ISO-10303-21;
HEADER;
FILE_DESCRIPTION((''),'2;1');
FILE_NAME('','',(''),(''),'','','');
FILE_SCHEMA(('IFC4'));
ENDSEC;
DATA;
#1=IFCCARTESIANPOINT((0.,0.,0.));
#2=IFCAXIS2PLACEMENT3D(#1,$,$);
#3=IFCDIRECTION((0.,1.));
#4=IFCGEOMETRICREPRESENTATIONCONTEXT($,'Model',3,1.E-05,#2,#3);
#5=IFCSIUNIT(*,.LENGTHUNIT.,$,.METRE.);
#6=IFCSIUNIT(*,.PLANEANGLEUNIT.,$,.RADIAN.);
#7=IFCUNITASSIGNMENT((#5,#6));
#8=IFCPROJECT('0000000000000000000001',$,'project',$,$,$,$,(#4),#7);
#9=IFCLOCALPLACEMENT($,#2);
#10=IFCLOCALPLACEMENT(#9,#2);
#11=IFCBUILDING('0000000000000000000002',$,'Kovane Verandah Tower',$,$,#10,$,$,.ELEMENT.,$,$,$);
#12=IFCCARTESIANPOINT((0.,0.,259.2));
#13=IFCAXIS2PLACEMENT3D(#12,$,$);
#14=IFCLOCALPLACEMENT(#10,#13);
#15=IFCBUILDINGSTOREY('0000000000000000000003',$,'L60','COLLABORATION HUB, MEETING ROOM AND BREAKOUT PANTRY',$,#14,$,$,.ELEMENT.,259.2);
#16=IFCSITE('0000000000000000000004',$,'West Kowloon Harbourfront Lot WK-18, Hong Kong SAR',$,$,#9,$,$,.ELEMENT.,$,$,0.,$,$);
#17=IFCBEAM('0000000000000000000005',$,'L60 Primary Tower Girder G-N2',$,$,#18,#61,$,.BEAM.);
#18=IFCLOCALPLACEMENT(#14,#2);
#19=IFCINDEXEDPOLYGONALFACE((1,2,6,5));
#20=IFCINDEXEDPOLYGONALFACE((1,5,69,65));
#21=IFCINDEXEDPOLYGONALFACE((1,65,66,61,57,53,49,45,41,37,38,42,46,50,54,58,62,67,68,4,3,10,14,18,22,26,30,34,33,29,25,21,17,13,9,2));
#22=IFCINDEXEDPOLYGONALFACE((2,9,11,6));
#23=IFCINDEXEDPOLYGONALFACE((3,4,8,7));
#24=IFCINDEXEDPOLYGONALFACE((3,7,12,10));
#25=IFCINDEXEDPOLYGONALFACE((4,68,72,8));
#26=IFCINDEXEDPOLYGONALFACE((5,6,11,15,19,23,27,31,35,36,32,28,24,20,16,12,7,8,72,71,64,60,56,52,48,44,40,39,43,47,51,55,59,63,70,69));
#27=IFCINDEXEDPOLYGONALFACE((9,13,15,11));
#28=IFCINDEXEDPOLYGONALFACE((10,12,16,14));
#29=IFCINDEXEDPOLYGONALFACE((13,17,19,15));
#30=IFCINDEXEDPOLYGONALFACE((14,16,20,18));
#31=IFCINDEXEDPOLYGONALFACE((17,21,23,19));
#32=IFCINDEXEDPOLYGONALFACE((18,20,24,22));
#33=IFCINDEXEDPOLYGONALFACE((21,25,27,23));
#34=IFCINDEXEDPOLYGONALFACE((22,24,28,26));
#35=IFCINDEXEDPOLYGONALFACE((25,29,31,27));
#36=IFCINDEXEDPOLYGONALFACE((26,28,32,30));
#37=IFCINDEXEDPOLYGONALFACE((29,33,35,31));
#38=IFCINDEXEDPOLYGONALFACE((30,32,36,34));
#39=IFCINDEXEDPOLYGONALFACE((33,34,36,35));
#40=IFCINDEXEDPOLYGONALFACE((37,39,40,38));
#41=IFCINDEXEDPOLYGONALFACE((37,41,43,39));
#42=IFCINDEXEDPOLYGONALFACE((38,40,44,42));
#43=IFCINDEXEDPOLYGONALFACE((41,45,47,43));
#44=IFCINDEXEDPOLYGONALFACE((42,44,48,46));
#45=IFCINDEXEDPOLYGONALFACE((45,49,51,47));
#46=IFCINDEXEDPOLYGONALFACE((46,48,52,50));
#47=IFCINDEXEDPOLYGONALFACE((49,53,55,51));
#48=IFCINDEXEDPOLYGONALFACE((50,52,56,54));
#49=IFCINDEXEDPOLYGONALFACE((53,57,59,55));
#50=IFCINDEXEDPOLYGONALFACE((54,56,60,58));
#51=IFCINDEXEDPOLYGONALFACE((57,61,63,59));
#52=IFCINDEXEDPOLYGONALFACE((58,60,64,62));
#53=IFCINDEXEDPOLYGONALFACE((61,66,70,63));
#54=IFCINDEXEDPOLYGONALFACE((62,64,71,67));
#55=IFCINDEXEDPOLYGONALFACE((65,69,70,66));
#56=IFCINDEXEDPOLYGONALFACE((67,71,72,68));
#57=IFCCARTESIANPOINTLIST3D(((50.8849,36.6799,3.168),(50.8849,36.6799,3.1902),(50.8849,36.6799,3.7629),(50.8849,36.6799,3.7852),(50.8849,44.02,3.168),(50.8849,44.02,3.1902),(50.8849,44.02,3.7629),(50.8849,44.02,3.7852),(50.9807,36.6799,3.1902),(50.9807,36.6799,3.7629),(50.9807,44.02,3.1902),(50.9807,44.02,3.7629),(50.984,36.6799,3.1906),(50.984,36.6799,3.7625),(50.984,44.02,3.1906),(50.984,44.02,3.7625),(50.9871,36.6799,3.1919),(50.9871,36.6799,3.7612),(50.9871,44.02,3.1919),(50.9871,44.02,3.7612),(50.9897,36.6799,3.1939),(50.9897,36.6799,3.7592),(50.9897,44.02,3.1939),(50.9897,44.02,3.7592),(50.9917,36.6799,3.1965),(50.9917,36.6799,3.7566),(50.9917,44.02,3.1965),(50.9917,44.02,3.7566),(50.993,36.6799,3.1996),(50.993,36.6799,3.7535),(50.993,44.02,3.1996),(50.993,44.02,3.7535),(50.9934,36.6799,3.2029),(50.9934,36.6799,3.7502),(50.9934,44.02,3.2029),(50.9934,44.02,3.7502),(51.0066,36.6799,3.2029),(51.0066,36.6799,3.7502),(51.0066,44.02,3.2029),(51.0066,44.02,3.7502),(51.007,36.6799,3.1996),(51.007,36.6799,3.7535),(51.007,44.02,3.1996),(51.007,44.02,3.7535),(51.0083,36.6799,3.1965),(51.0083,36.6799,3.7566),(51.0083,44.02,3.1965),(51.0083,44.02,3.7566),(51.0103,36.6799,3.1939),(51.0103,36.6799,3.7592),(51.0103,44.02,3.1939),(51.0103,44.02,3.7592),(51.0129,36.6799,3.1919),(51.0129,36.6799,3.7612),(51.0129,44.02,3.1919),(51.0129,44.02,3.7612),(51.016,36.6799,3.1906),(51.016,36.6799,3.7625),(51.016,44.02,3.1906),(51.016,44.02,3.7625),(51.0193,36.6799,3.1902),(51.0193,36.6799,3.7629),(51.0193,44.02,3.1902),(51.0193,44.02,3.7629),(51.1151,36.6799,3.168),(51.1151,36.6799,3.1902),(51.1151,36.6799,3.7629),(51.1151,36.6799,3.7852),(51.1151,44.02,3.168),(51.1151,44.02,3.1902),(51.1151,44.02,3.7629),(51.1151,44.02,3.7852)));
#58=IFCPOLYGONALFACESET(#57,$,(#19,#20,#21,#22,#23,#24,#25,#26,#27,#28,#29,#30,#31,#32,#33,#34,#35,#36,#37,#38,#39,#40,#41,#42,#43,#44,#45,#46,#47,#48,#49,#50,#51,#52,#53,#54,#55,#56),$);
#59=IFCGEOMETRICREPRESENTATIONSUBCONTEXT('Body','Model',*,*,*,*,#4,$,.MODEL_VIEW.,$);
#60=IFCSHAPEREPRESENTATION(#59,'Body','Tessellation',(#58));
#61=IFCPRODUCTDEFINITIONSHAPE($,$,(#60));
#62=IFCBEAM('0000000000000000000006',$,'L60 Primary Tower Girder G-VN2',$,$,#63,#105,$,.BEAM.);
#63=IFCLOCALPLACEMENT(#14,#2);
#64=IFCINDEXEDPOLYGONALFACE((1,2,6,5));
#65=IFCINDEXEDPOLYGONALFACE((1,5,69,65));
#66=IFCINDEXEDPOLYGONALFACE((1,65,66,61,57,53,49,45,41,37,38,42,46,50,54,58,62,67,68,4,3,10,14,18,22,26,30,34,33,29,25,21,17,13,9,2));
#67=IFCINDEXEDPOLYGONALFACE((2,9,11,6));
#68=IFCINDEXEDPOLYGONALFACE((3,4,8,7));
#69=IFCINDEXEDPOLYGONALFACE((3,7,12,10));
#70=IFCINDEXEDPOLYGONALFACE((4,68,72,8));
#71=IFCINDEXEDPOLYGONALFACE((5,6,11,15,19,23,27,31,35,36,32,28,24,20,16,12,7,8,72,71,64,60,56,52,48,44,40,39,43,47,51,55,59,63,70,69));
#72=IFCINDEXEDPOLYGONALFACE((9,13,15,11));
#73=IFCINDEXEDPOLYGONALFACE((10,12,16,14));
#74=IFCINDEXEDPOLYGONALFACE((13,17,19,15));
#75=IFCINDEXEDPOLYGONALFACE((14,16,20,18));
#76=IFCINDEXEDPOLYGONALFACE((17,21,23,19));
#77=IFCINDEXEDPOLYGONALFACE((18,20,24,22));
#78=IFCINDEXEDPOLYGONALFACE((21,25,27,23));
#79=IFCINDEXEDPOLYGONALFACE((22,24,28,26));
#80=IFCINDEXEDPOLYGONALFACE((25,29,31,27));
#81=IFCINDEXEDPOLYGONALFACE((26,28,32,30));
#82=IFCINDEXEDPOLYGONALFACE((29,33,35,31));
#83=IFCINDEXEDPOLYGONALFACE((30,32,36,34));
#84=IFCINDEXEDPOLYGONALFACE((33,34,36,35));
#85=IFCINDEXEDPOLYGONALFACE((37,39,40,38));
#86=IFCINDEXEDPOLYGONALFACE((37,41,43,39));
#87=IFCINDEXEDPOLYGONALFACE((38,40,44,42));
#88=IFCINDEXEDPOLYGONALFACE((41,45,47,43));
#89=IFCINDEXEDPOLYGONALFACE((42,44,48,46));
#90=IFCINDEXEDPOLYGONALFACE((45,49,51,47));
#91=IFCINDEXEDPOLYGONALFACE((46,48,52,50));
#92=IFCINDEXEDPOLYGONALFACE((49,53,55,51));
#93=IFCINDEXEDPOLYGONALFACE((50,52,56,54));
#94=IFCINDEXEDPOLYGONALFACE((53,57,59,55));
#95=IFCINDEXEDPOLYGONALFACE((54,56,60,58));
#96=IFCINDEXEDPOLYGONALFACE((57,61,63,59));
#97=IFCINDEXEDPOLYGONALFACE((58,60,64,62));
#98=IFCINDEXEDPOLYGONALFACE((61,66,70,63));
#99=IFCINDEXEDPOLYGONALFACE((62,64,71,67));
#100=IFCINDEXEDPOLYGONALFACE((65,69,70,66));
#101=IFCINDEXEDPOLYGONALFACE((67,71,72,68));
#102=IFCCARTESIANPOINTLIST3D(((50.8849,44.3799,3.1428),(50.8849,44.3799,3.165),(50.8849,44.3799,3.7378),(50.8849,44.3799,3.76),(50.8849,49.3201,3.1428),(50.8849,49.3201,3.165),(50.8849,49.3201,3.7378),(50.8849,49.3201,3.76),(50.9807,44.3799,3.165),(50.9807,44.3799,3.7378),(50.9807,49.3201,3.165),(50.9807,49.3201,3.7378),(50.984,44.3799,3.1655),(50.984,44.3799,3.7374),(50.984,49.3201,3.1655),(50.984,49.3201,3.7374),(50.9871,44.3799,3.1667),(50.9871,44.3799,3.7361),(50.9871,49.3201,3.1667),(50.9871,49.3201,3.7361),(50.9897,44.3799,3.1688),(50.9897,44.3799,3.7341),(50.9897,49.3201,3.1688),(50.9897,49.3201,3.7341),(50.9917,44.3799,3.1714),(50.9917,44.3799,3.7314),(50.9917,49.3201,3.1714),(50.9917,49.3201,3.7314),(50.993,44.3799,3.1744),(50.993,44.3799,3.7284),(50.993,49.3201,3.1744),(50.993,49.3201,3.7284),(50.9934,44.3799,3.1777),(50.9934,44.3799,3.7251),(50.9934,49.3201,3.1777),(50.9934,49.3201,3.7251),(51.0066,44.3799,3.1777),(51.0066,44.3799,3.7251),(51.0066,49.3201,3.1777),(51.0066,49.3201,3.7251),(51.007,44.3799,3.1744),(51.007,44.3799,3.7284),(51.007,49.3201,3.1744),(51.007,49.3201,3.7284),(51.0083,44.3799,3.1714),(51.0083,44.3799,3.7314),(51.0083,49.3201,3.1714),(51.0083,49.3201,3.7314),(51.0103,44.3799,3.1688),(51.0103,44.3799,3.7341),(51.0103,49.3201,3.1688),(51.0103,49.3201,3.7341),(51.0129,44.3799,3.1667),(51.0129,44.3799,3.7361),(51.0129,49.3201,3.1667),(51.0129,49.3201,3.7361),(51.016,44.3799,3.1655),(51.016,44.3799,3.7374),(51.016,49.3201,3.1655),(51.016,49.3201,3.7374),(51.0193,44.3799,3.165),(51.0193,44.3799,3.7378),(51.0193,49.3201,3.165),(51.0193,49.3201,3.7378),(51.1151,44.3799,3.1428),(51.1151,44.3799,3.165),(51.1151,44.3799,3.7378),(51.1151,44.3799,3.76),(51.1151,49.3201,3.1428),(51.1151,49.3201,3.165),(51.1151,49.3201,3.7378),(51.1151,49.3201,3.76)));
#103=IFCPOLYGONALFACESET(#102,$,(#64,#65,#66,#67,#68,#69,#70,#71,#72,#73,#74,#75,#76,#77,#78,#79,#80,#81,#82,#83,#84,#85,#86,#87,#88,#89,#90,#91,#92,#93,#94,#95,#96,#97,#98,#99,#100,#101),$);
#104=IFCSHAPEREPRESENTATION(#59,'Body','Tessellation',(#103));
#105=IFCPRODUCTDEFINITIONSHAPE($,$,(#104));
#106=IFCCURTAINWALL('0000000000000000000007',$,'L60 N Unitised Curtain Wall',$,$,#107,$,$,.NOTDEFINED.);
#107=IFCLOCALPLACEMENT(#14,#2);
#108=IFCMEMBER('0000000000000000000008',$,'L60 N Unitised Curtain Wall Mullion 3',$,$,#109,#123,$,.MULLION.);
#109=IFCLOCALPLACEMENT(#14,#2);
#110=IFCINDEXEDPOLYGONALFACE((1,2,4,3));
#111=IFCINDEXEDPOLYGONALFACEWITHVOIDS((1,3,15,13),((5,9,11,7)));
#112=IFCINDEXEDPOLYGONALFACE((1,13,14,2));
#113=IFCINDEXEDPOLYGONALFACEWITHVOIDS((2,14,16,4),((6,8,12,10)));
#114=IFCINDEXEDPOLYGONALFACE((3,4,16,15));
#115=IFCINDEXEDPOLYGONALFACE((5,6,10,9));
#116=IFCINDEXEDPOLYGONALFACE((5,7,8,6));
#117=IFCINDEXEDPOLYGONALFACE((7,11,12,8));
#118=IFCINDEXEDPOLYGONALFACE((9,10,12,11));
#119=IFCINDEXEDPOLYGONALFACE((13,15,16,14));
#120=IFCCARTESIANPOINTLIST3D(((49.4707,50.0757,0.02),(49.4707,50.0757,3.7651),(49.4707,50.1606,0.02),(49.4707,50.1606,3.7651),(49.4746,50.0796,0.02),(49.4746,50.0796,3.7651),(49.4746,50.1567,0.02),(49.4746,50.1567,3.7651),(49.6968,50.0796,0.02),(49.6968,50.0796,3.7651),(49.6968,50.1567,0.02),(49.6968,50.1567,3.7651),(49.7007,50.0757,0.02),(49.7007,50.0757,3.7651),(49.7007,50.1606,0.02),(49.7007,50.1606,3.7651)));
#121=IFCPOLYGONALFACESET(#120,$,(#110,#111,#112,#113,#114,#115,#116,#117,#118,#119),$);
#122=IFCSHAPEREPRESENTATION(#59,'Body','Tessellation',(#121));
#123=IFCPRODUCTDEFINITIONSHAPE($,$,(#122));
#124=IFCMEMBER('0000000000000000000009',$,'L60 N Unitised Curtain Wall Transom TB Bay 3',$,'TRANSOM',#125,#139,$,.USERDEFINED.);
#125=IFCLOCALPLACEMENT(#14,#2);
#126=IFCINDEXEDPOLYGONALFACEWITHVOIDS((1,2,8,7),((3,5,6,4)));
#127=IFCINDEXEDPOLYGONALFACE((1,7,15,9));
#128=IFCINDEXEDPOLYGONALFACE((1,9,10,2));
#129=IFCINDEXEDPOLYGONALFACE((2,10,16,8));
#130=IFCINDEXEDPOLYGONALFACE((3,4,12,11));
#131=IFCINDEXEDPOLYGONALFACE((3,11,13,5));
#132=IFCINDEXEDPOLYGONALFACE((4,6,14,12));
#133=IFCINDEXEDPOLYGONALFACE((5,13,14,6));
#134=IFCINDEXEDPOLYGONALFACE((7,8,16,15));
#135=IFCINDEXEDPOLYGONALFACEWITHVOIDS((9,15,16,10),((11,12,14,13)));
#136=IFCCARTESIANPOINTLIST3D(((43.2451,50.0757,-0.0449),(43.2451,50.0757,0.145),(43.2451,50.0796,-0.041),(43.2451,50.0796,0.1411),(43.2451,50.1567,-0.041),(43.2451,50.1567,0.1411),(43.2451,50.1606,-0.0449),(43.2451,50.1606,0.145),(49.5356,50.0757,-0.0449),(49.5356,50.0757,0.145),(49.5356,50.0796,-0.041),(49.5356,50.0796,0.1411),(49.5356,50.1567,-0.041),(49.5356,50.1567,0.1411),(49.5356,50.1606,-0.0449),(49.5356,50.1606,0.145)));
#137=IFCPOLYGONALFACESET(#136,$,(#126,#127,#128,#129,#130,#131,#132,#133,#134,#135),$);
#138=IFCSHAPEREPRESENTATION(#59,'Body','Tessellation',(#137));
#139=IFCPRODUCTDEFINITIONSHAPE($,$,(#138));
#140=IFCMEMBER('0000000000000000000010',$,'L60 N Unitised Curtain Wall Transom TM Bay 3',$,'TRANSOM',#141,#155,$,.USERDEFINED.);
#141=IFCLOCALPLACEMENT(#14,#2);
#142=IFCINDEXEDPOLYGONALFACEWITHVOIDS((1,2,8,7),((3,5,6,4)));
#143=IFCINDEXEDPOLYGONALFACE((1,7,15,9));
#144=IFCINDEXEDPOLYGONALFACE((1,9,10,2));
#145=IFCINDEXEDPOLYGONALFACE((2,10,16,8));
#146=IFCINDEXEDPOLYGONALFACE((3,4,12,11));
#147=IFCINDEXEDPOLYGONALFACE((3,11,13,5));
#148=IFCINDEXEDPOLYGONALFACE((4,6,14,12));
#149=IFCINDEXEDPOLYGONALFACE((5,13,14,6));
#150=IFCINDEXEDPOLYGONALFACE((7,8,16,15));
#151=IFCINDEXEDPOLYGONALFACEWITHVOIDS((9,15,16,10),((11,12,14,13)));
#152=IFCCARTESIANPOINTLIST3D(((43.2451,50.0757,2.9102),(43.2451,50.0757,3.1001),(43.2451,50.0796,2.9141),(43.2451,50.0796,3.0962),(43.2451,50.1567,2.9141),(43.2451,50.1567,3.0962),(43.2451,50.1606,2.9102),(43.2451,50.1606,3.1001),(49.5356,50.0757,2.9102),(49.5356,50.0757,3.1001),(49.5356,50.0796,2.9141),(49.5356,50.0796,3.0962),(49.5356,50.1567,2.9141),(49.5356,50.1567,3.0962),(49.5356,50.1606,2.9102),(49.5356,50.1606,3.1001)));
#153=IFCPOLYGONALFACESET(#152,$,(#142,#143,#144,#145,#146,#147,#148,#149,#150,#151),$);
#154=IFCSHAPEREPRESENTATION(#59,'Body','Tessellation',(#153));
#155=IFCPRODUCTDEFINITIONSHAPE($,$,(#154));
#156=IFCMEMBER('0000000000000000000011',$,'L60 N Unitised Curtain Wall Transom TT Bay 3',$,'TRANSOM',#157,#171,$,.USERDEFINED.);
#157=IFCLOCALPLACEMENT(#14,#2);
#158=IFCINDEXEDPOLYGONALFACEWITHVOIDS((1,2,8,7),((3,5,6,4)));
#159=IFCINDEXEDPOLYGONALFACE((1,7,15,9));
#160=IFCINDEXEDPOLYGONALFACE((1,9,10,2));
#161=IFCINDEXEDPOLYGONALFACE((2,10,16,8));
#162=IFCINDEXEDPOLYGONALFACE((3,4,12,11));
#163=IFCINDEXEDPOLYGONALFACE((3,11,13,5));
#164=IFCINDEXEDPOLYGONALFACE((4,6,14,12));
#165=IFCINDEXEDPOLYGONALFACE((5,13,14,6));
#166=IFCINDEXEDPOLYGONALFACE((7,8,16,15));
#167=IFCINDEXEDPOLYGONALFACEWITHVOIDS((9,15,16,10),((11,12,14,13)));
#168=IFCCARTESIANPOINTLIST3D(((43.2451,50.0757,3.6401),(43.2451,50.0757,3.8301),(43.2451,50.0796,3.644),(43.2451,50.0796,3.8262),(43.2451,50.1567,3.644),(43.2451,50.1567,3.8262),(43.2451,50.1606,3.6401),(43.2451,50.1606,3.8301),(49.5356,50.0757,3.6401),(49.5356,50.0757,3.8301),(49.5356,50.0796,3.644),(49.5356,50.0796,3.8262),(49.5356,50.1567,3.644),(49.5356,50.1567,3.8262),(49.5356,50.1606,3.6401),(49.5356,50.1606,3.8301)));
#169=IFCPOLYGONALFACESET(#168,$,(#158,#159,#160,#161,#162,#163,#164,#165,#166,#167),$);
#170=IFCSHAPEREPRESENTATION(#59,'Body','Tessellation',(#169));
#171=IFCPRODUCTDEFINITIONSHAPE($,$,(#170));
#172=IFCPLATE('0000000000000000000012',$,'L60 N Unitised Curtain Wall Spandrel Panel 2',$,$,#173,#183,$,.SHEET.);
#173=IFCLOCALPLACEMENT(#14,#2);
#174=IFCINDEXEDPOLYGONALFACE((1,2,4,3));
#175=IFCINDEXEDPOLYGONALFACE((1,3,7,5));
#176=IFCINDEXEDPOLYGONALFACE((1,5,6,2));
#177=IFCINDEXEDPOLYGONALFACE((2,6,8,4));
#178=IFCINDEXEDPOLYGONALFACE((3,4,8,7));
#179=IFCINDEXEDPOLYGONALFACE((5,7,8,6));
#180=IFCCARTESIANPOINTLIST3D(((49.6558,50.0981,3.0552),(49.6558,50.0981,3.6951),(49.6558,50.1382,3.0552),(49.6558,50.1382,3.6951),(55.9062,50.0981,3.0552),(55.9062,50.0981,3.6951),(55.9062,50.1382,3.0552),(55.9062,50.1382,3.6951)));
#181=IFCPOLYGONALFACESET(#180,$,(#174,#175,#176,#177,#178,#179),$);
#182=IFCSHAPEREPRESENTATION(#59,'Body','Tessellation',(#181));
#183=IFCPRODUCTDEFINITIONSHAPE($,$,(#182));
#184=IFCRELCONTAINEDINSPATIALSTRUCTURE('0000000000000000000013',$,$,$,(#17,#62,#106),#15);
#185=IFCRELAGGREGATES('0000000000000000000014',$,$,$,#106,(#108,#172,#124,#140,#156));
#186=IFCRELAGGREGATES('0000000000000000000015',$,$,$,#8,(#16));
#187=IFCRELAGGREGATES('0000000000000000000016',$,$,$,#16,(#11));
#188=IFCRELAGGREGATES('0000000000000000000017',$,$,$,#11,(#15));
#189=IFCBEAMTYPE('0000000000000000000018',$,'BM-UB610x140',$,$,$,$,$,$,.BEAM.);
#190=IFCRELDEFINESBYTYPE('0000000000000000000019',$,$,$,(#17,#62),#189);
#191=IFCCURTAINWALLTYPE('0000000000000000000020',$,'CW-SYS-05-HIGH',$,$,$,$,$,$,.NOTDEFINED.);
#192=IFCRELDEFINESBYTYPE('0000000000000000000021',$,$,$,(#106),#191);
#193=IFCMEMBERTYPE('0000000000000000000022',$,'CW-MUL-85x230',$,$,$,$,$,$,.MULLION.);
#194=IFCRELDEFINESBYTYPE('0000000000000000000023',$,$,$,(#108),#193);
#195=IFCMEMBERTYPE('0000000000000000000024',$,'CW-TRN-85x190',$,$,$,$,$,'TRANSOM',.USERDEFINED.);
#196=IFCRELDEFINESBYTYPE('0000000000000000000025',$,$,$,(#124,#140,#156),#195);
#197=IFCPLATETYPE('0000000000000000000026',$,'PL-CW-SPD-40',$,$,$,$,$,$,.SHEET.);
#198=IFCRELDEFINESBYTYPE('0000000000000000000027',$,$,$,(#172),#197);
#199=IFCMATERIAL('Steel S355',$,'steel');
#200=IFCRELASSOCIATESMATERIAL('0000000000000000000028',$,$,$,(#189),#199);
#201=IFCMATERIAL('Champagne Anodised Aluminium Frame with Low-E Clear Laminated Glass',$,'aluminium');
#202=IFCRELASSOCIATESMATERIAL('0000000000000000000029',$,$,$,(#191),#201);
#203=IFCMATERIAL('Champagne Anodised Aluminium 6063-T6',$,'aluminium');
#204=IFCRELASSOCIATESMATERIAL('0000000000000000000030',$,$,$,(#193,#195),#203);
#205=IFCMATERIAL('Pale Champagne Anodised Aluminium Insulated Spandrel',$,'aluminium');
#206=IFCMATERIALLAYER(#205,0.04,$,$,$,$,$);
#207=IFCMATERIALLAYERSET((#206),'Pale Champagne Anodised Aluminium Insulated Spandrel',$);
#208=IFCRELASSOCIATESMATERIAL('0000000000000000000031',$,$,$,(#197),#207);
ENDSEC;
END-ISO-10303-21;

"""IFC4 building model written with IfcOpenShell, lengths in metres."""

from ifc_helpers import new_model, si_unit, direction, frame, origin, origin_2d, place, context, subcontext, project, spatial, rectangle, hollow_rectangle, i_section, extrude, material, layer, layer_set, material_profile, profile_set, type_object, element, aggregate, save


model = new_model("IFC4")

# Units and contexts
model_context = context("Model", 3, precision=1e-05, world=origin(), true_north=direction((0.0, 1.0)))
body_context = subcontext(model_context, "Body", "Model", "MODEL_VIEW")
ifc_project = project(units=[si_unit("LENGTHUNIT", "METRE"), si_unit("PLANEANGLEUNIT", "RADIAN")], contexts=[model_context])

# Site, building, storey
site_placement = place(None, origin())
site = spatial("IfcSite", under=ifc_project, at=site_placement, Name="West Kowloon Harbourfront Lot WK-18, Hong Kong SAR", CompositionType="ELEMENT", RefElevation=0.0)
building_placement = place(site_placement, origin())
building = spatial("IfcBuilding", under=site, at=building_placement, Name="Kovane Verandah Tower", CompositionType="ELEMENT")
storey_placement = place(building_placement, frame((0.0, 0.0, 259.2)))
storey = spatial("IfcBuildingStorey", under=building, at=storey_placement, Name="L60", Description="COLLABORATION HUB, MEETING ROOM AND BREAKOUT PANTRY", CompositionType="ELEMENT", Elevation=259.2)

# Beams
ifc_material_1 = material(Name="Steel S355", Category="steel")
ifc_material_profile_1 = material_profile(ifc_material_1, i_section(OverallWidth=0.2302, OverallDepth=0.6172, WebThickness=0.0132, FlangeThickness=0.0222, FilletRadius=0.0127, at=origin_2d()), Name="UB610x229x140")
ifc_profile_set_1 = profile_set([ifc_material_profile_1], Name="Steel S355")
beam_type = type_object("IfcBeamType", Name="BM-UB610x140", PredefinedType="BEAM", material=ifc_profile_set_1)
beam_1_placement = place(storey_placement, frame((51.0, 36.6799, 3.4766), z_axis=(0.0, 1.0, 0.0), x_axis=(-1.0, 0.0, 0.0)))
element("IfcBeam", 1, at=beam_1_placement, inside=storey, type_object=beam_type, Name="L60 Primary Tower Girder G-N2", PredefinedType="BEAM", context=body_context, shape_type="SweptSolid", body=[
    extrude(i_section(OverallWidth=0.2302, OverallDepth=0.6172, WebThickness=0.0132, FlangeThickness=0.0222, FilletRadius=0.0127, at=origin_2d()), origin(), (0.0, 0.0, 1.0), 7.3401),
])
beam_2_placement = place(storey_placement, frame((51.0, 44.3799, 3.4514), z_axis=(0.0, 1.0, 0.0), x_axis=(-1.0, 0.0, 0.0)))
element("IfcBeam", 2, at=beam_2_placement, inside=storey, type_object=beam_type, Name="L60 Primary Tower Girder G-VN2", PredefinedType="BEAM", context=body_context, shape_type="SweptSolid", body=[
    extrude(i_section(OverallWidth=0.2302, OverallDepth=0.6172, WebThickness=0.0132, FlangeThickness=0.0222, FilletRadius=0.0127, at=origin_2d()), origin(), (0.0, 0.0, 1.0), 4.9402),
])

# Curtain wall, members, plate
ifc_material_2 = material(Name="Champagne Anodised Aluminium Frame with Low-E Clear Laminated Glass", Category="aluminium")
curtain_wall_type = type_object("IfcCurtainWallType", Name="CW-SYS-05-HIGH", PredefinedType="NOTDEFINED", material=ifc_material_2)
curtain_wall_placement = place(storey_placement, origin())
curtain_wall = element("IfcCurtainWall", 3, at=curtain_wall_placement, inside=storey, type_object=curtain_wall_type, Name="L60 N Unitised Curtain Wall", PredefinedType="NOTDEFINED")
ifc_material_3 = material(Name="Champagne Anodised Aluminium 6063-T6", Category="aluminium")
ifc_material_profile_2 = material_profile(ifc_material_3, hollow_rectangle(XDim=0.085, YDim=0.23, WallThickness=0.0039, at=origin_2d()), Name="AL85x230x4")
ifc_profile_set_2 = profile_set([ifc_material_profile_2], Name="Champagne Anodised Aluminium 6063-T6")
member_type_1 = type_object("IfcMemberType", Name="CW-MUL-85x230", PredefinedType="MULLION", material=ifc_profile_set_2)
member_1_placement = place(storey_placement, frame((49.5857, 50.1182, 0.02), z_axis=(0.0, 0.0, 1.0), x_axis=(0.0, 1.0, 0.0)))
member_1 = element("IfcMember", 4, at=member_1_placement, type_object=member_type_1, Name="L60 N Unitised Curtain Wall Mullion 3", PredefinedType="MULLION", context=body_context, shape_type="SweptSolid", body=[
    extrude(hollow_rectangle(XDim=0.085, YDim=0.23, WallThickness=0.0039, at=origin_2d()), origin(), (0.0, 0.0, 1.0), 3.7451),
])
ifc_material_profile_3 = material_profile(ifc_material_3, hollow_rectangle(XDim=0.085, YDim=0.1899, WallThickness=0.0039, at=origin_2d()), Name="AL85x190x4")
ifc_profile_set_3 = profile_set([ifc_material_profile_3], Name="Champagne Anodised Aluminium 6063-T6")
member_type_2 = type_object("IfcMemberType", Name="CW-TRN-85x190", ElementType="TRANSOM", PredefinedType="USERDEFINED", material=ifc_profile_set_3)
member_2_placement = place(storey_placement, frame((49.5356, 50.1182, 0.05), z_axis=(-1.0, 0.0, 0.0), x_axis=(0.0, -1.0, 0.0)))
member_2 = element("IfcMember", 5, at=member_2_placement, type_object=member_type_2, Name="L60 N Unitised Curtain Wall Transom TB Bay 3", ObjectType="TRANSOM", PredefinedType="USERDEFINED", context=body_context, shape_type="SweptSolid", body=[
    extrude(hollow_rectangle(XDim=0.085, YDim=0.1899, WallThickness=0.0039, at=origin_2d()), origin(), (0.0, 0.0, 1.0), 6.2905),
])
member_3_placement = place(storey_placement, frame((49.5356, 50.1182, 3.0051), z_axis=(-1.0, 0.0, 0.0), x_axis=(0.0, -1.0, 0.0)))
member_3 = element("IfcMember", 6, at=member_3_placement, type_object=member_type_2, Name="L60 N Unitised Curtain Wall Transom TM Bay 3", ObjectType="TRANSOM", PredefinedType="USERDEFINED", context=body_context, shape_type="SweptSolid", body=[
    extrude(hollow_rectangle(XDim=0.085, YDim=0.1899, WallThickness=0.0039, at=origin_2d()), origin(), (0.0, 0.0, 1.0), 6.2905),
])
member_4_placement = place(storey_placement, frame((49.5356, 50.1182, 3.7351), z_axis=(-1.0, 0.0, 0.0), x_axis=(0.0, -1.0, 0.0)))
member_4 = element("IfcMember", 7, at=member_4_placement, type_object=member_type_2, Name="L60 N Unitised Curtain Wall Transom TT Bay 3", ObjectType="TRANSOM", PredefinedType="USERDEFINED", context=body_context, shape_type="SweptSolid", body=[
    extrude(hollow_rectangle(XDim=0.085, YDim=0.1899, WallThickness=0.0039, at=origin_2d()), origin(), (0.0, 0.0, 1.0), 6.2905),
])
ifc_material_4 = material(Name="Pale Champagne Anodised Aluminium Insulated Spandrel", Category="aluminium")
ifc_layer_1 = layer(ifc_material_4, 0.04)
ifc_layer_set_1 = layer_set([ifc_layer_1], Name="Pale Champagne Anodised Aluminium Insulated Spandrel")
plate_type_1 = type_object("IfcPlateType", Name="PL-CW-SPD-40", PredefinedType="SHEET", material=ifc_layer_set_1)
plate_1_placement = place(storey_placement, frame((52.781, 50.1182, 3.0552), z_axis=(0.0, 0.0, 1.0), x_axis=(-1.0, 0.0, 0.0)))
plate_1 = element("IfcPlate", 8, at=plate_1_placement, type_object=plate_type_1, Name="L60 N Unitised Curtain Wall Spandrel Panel 2", PredefinedType="SHEET", context=body_context, shape_type="SweptSolid", body=[
    extrude(rectangle(XDim=6.2505, YDim=0.04, at=origin_2d()), origin(), (0.0, 0.0, 1.0), 0.6399),
])
aggregate(curtain_wall, [member_1, plate_1, member_2, member_3, member_4])

save(model, "model.ifc")
